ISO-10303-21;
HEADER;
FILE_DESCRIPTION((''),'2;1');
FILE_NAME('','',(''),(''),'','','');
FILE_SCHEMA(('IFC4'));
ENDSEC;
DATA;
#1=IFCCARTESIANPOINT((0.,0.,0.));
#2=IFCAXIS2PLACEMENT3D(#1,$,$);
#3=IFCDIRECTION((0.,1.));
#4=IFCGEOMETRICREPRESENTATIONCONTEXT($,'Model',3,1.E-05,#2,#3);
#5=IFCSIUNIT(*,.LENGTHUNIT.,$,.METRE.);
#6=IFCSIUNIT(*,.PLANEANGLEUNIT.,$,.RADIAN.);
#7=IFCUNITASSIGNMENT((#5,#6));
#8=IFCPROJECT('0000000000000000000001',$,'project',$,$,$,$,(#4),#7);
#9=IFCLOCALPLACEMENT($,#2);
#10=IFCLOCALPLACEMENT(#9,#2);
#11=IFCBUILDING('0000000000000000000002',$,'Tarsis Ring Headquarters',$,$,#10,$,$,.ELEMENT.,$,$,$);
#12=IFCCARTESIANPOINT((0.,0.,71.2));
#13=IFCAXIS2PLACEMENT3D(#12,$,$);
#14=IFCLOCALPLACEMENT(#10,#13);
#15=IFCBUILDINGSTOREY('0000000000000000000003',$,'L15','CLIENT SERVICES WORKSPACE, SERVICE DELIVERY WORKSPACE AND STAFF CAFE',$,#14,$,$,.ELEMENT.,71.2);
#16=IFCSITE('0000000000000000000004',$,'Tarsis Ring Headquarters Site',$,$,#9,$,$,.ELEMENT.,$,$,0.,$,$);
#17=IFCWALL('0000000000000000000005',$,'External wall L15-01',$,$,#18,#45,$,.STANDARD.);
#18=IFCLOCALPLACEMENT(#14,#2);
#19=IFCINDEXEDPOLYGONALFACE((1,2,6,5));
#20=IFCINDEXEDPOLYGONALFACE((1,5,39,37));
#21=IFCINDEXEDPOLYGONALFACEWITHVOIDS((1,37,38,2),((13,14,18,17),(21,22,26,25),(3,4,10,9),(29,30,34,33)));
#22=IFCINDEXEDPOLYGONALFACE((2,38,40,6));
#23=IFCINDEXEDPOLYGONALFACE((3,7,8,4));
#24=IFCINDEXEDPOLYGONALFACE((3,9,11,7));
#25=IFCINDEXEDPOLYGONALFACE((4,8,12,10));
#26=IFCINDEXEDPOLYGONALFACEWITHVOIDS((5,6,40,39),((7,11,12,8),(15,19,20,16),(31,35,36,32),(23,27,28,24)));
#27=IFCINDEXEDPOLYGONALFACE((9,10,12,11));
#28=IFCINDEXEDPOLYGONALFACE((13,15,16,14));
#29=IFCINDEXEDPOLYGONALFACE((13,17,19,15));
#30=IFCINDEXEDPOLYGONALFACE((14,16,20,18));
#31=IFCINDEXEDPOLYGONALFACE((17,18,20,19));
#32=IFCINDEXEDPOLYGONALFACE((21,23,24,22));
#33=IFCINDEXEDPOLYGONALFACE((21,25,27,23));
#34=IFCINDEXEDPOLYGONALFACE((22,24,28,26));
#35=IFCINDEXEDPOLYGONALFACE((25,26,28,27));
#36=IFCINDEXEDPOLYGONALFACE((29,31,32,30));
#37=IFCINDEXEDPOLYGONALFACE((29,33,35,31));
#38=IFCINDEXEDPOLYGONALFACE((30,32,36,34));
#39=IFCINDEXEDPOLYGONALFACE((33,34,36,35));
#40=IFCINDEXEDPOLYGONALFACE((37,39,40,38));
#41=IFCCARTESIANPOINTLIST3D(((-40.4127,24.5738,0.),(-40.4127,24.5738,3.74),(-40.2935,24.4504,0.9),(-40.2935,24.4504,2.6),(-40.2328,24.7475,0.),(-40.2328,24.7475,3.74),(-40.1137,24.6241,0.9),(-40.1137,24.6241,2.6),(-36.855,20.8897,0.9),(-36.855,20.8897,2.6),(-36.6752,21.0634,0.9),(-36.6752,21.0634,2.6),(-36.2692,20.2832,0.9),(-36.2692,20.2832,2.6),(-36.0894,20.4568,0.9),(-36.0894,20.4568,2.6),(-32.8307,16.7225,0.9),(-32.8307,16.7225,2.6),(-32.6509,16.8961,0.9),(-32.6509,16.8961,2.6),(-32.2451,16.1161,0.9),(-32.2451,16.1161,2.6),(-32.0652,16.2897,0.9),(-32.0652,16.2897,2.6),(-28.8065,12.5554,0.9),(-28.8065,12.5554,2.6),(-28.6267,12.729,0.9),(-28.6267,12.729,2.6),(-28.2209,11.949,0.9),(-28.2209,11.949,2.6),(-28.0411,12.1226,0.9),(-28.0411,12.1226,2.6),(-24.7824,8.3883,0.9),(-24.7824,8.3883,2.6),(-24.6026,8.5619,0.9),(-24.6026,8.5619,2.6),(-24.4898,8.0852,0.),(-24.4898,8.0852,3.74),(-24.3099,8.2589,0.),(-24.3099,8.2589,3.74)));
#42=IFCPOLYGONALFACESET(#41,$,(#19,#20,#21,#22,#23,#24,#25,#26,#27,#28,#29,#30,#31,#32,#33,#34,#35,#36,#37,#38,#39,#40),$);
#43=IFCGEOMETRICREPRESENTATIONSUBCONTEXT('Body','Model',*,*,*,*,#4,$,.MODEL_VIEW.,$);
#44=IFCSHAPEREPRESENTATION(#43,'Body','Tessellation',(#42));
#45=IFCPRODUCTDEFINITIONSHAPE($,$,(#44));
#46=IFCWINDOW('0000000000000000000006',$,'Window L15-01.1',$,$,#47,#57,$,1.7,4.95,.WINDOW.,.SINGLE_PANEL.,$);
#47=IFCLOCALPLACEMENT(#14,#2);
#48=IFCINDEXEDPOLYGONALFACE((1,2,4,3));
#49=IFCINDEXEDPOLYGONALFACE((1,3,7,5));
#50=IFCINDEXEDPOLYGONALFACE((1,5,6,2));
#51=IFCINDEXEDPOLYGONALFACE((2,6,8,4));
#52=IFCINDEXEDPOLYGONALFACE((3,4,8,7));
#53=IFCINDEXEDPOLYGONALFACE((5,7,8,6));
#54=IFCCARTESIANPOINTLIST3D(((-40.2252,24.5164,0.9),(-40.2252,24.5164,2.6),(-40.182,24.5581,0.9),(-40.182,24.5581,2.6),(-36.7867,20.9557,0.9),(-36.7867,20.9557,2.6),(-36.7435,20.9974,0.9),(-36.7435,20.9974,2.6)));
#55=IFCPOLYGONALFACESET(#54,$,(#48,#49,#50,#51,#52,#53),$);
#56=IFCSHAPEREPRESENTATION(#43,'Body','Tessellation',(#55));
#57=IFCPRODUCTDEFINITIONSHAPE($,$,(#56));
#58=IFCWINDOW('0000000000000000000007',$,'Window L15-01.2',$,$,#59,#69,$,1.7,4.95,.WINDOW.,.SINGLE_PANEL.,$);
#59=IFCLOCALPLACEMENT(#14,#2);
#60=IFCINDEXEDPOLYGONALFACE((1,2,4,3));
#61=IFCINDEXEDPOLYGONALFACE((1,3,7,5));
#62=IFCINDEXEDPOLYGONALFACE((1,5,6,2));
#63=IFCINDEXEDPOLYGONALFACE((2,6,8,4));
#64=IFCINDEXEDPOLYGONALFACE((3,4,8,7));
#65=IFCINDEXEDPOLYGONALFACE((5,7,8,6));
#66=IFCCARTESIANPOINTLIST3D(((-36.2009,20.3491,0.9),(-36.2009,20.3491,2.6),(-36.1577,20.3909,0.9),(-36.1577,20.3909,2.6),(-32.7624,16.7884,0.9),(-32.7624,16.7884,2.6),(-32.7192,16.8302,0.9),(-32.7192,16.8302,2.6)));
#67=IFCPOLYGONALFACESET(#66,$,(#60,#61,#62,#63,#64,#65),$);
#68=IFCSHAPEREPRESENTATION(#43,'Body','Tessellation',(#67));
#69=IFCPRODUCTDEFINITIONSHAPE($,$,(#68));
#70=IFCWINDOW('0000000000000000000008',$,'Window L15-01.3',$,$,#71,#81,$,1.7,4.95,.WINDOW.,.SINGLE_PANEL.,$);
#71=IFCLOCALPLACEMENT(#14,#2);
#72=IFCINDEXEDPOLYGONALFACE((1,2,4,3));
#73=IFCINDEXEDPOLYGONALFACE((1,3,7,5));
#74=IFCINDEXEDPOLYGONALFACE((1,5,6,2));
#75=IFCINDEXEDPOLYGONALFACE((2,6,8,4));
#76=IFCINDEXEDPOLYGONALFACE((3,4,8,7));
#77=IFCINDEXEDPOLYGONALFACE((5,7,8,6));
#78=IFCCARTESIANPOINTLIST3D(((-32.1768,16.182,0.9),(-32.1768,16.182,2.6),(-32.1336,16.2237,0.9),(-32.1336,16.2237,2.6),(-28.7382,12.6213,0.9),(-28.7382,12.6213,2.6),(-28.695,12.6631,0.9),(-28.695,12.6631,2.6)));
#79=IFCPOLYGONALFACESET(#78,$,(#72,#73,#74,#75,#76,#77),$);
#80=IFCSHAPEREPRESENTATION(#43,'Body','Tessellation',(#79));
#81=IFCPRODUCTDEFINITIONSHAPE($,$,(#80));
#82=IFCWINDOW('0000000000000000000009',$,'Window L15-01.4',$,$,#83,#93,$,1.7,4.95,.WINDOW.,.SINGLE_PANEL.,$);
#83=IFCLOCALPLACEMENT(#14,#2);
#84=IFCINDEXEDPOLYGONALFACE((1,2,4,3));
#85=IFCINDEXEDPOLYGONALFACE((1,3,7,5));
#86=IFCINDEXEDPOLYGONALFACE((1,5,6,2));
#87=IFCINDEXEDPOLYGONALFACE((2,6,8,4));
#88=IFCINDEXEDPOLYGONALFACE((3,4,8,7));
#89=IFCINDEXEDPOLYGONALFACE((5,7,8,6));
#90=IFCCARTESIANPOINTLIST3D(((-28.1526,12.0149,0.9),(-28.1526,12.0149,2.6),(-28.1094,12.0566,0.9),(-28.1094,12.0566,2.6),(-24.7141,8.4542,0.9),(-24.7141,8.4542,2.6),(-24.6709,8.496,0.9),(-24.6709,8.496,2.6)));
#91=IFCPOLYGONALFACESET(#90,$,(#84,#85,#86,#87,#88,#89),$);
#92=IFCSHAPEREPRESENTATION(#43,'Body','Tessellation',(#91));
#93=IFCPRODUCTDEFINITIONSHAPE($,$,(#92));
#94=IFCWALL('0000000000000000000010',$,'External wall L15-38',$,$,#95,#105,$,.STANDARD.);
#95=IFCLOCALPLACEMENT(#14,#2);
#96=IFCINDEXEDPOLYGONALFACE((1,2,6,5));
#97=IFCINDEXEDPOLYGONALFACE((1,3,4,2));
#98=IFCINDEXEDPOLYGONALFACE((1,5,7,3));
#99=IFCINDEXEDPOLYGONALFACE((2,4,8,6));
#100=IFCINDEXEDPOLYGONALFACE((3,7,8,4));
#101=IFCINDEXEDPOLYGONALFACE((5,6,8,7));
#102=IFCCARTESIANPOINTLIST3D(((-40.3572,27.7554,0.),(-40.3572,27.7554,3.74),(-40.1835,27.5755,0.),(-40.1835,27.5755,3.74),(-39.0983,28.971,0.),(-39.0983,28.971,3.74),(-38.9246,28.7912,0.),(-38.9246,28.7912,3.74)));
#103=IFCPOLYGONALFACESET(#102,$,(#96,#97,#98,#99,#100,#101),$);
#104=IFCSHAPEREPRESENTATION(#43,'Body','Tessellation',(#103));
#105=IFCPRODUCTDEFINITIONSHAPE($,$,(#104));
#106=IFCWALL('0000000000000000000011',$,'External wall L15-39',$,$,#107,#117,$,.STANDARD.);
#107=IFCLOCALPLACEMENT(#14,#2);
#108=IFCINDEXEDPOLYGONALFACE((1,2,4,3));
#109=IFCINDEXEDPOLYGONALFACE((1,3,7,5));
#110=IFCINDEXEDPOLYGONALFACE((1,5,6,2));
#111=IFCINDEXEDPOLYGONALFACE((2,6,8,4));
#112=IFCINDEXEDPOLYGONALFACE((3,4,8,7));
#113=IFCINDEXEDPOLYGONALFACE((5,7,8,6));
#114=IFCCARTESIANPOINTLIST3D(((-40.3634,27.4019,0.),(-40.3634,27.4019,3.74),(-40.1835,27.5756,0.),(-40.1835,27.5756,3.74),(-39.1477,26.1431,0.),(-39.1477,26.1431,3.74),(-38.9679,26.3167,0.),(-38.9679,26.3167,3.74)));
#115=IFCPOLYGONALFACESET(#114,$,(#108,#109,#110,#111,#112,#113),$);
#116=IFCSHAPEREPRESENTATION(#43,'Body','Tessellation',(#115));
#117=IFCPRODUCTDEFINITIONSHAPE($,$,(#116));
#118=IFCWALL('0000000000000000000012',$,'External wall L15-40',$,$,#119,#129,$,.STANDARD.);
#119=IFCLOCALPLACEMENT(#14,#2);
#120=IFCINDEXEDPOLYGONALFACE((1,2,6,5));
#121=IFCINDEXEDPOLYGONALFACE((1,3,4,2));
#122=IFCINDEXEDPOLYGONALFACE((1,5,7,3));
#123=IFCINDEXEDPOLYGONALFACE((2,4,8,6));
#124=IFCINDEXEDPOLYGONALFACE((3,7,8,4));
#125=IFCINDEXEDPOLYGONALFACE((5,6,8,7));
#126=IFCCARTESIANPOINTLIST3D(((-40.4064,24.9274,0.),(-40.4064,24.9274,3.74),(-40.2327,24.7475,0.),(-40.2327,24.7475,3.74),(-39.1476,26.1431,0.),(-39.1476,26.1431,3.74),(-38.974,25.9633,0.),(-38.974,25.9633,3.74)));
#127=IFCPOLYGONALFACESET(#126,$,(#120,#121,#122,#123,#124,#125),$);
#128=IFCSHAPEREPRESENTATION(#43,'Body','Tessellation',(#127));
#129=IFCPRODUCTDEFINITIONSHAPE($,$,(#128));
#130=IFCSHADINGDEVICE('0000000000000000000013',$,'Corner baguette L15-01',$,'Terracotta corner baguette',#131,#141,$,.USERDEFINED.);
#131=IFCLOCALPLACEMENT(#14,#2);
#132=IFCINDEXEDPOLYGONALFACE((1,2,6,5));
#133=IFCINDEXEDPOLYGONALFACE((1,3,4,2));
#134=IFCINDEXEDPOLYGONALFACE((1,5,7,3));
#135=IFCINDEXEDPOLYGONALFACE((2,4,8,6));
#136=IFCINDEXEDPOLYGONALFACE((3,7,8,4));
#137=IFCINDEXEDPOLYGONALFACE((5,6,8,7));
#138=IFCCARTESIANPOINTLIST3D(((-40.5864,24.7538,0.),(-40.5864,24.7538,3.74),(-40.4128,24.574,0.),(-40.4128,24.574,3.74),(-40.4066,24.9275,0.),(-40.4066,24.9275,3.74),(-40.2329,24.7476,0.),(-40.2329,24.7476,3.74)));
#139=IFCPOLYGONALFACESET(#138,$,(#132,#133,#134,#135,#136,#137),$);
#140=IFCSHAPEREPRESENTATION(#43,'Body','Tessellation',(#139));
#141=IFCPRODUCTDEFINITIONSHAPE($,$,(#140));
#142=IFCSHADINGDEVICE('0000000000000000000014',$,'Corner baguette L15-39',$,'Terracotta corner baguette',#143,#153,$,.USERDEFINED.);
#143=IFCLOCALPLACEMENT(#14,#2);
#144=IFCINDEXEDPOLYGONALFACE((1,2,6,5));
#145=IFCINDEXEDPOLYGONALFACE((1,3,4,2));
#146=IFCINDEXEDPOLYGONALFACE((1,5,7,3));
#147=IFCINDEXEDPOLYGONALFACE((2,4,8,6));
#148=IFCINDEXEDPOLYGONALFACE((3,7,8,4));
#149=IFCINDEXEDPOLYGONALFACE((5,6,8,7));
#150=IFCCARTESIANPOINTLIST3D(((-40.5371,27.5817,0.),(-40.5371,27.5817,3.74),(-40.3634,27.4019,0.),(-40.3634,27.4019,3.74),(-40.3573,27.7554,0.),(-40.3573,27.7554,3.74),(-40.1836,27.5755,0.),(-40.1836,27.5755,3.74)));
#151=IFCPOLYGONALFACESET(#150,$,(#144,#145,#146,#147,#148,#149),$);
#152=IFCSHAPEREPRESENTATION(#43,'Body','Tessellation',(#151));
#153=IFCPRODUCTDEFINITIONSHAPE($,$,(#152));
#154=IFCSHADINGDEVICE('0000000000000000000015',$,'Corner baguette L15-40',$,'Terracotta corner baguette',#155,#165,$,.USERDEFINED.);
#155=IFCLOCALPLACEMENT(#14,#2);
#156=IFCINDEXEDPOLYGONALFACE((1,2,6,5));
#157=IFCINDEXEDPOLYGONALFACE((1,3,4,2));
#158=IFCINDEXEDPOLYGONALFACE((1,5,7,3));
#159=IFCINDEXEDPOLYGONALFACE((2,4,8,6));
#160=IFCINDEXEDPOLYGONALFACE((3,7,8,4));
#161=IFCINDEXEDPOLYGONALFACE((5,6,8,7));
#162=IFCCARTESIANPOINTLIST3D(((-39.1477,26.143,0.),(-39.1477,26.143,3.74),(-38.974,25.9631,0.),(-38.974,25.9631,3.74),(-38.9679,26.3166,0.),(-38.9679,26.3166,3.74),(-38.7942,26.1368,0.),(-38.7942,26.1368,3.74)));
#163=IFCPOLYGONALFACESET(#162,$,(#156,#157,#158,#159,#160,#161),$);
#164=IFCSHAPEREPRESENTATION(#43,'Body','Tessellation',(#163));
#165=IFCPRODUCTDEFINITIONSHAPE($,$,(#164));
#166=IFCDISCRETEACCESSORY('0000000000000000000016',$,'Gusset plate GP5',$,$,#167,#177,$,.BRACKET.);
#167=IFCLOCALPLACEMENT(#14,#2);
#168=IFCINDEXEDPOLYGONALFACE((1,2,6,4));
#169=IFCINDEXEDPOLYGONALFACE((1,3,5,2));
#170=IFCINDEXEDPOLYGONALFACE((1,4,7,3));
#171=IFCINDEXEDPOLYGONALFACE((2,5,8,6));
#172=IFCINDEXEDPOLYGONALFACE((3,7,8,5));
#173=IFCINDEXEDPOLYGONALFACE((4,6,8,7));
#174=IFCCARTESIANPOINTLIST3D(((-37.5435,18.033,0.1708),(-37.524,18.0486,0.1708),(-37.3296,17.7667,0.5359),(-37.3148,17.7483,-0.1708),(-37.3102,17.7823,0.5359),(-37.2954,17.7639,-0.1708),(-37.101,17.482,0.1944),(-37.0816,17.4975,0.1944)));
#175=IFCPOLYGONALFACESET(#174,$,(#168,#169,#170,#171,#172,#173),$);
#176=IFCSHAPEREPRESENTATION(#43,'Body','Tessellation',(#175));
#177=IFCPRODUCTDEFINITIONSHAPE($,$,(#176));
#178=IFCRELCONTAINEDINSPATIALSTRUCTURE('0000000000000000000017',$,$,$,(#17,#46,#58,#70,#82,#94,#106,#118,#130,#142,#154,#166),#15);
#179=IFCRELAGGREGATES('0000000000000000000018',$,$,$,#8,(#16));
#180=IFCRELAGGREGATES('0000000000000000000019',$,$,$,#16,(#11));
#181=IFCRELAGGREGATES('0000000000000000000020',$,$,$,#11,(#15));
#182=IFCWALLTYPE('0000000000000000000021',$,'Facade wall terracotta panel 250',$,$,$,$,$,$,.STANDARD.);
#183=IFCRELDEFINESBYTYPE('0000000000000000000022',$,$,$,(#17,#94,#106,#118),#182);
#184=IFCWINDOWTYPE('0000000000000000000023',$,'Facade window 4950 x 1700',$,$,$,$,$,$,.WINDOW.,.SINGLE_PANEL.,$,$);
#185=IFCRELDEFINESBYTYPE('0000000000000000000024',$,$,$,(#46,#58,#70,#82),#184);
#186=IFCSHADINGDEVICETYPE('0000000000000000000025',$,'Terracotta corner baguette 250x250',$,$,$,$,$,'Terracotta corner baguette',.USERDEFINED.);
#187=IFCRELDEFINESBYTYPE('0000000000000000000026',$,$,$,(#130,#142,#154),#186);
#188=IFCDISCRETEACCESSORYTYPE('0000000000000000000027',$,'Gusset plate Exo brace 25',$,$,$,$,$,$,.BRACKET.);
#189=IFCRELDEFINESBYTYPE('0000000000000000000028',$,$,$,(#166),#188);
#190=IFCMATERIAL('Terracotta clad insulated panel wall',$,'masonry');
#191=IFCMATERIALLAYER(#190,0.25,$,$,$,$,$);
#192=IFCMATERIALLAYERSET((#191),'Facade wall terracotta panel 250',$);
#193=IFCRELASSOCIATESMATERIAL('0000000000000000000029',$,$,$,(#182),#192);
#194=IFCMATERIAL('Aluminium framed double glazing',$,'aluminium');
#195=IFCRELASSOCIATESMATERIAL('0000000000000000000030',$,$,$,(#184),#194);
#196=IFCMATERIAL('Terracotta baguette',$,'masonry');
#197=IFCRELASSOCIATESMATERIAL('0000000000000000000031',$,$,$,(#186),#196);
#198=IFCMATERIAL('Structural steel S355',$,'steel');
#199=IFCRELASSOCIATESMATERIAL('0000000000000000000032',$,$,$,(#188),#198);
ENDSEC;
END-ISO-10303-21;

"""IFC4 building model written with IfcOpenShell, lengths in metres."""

from ifc_helpers import new_model, si_unit, direction, frame, frame_2d, origin, origin_2d, place, context, subcontext, project, spatial, rectangle, extrude, material, layer, layer_set, material_profile, profile_set, type_object, element, fill, save


model = new_model("IFC4")

# Units and contexts
model_context = context("Model", 3, precision=1e-05, world=origin(), true_north=direction((0.0, 1.0)))
body_context = subcontext(model_context, "Body", "Model", "MODEL_VIEW")
ifc_project = project(units=[si_unit("LENGTHUNIT", "METRE"), si_unit("PLANEANGLEUNIT", "RADIAN")], contexts=[model_context])

# Site, building, storey
site_placement = place(None, origin())
site = spatial("IfcSite", under=ifc_project, at=site_placement, Name="Tarsis Ring Headquarters Site", CompositionType="ELEMENT", RefElevation=0.0)
building_placement = place(site_placement, origin())
building = spatial("IfcBuilding", under=site, at=building_placement, Name="Tarsis Ring Headquarters", CompositionType="ELEMENT")
storey_placement = place(building_placement, frame((0.0, 0.0, 71.2)))
storey = spatial("IfcBuildingStorey", under=building, at=storey_placement, Name="L15", Description="CLIENT SERVICES WORKSPACE, SERVICE DELIVERY WORKSPACE AND STAFF CAFE", CompositionType="ELEMENT", Elevation=71.2)

# Shared definitions
ifc_material_1 = material(Name="Structural steel S355", Category="steel")

# Wall, openings, windows
ifc_material_2 = material(Name="Terracotta clad insulated panel wall", Category="masonry")
ifc_layer_1 = layer(ifc_material_2, 0.25)
ifc_layer_set_1 = layer_set([ifc_layer_1], Name="Facade wall terracotta panel 250")
wall_type_1 = type_object("IfcWallType", Name="Facade wall terracotta panel 250", PredefinedType="STANDARD", material=ifc_layer_set_1)
wall_1_placement = place(storey_placement, frame((-40.3228, 24.6606, 0.0), z_axis=(0.0, 0.0, 1.0), x_axis=(0.69466, -0.719338, 0.0)))
wall_1 = element("IfcWall", 1, at=wall_1_placement, inside=storey, type_object=wall_type_1, Name="External wall L15-01", PredefinedType="STANDARD", context=body_context, shape_type="SweptSolid", body=[
    extrude(rectangle(XDim=22.9219, YDim=0.25, at=frame_2d((11.4609, 0.0))), origin(), (0.0, 0.0, 1.0), 3.74),
])
opening_1_placement = place(wall_1_placement, frame((0.1714, 0.0, 0.8999)))
opening_1 = element("IfcOpeningElement", 2, at=opening_1_placement, cuts=wall_1, PredefinedType="OPENING", context=body_context, shape_type="SweptSolid", body=[
    extrude(rectangle(XDim=4.95, YDim=1.7, at=frame_2d((2.4751, 0.8501))), frame((0.0, 0.135, 0.0), z_axis=(0.0, -1.0, 0.0), x_axis=(1.0, 0.0, 0.0)), (0.0, 0.0, 1.0), 0.27),
])
opening_2_placement = place(wall_1_placement, frame((5.9646, 0.0, 0.8999)))
opening_2 = element("IfcOpeningElement", 3, at=opening_2_placement, cuts=wall_1, PredefinedType="OPENING", context=body_context, shape_type="SweptSolid", body=[
    extrude(rectangle(XDim=4.95, YDim=1.7, at=frame_2d((2.4751, 0.8501))), frame((0.0, 0.135, 0.0), z_axis=(0.0, -1.0, 0.0), x_axis=(1.0, 0.0, 0.0)), (0.0, 0.0, 1.0), 0.27),
])
opening_3_placement = place(wall_1_placement, frame((11.7576, 0.0, 0.8999)))
opening_3 = element("IfcOpeningElement", 4, at=opening_3_placement, cuts=wall_1, PredefinedType="OPENING", context=body_context, shape_type="SweptSolid", body=[
    extrude(rectangle(XDim=4.95, YDim=1.7, at=frame_2d((2.4751, 0.8501))), frame((0.0, 0.135, 0.0), z_axis=(0.0, -1.0, 0.0), x_axis=(1.0, 0.0, 0.0)), (0.0, 0.0, 1.0), 0.27),
])
opening_4_placement = place(wall_1_placement, frame((17.5505, 0.0, 0.8999)))
opening_4 = element("IfcOpeningElement", 5, at=opening_4_placement, cuts=wall_1, PredefinedType="OPENING", context=body_context, shape_type="SweptSolid", body=[
    extrude(rectangle(XDim=4.95, YDim=1.7, at=frame_2d((2.4751, 0.8501))), frame((0.0, 0.135, 0.0), z_axis=(0.0, -1.0, 0.0), x_axis=(1.0, 0.0, 0.0)), (0.0, 0.0, 1.0), 0.27),
])
ifc_material_3 = material(Name="Aluminium framed double glazing", Category="aluminium")
window_type = type_object("IfcWindowType", Name="Facade window 4950 x 1700", PartitioningType="SINGLE_PANEL", PredefinedType="WINDOW", material=ifc_material_3)
window_1_placement = place(opening_1_placement, origin())
window_1 = element("IfcWindow", 6, at=window_1_placement, inside=storey, type_object=window_type, Name="Window L15-01.1", OverallHeight=1.7, OverallWidth=4.95, PartitioningType="SINGLE_PANEL", PredefinedType="WINDOW", context=body_context, shape_type="SweptSolid", body=[
    extrude(rectangle(XDim=4.95, YDim=1.7, at=frame_2d((2.4751, 0.8501))), frame((0.0, 0.03, 0.0), z_axis=(0.0, -1.0, 0.0), x_axis=(1.0, 0.0, 0.0)), (0.0, 0.0, 1.0), 0.0601),
])
fill(opening_1, window_1)
window_2_placement = place(opening_2_placement, origin())
window_2 = element("IfcWindow", 7, at=window_2_placement, inside=storey, type_object=window_type, Name="Window L15-01.2", OverallHeight=1.7, OverallWidth=4.95, PartitioningType="SINGLE_PANEL", PredefinedType="WINDOW", context=body_context, shape_type="SweptSolid", body=[
    extrude(rectangle(XDim=4.95, YDim=1.7, at=frame_2d((2.4751, 0.8501))), frame((0.0, 0.03, 0.0), z_axis=(0.0, -1.0, 0.0), x_axis=(1.0, 0.0, 0.0)), (0.0, 0.0, 1.0), 0.0601),
])
fill(opening_2, window_2)
window_3_placement = place(opening_3_placement, origin())
window_3 = element("IfcWindow", 8, at=window_3_placement, inside=storey, type_object=window_type, Name="Window L15-01.3", OverallHeight=1.7, OverallWidth=4.95, PartitioningType="SINGLE_PANEL", PredefinedType="WINDOW", context=body_context, shape_type="SweptSolid", body=[
    extrude(rectangle(XDim=4.95, YDim=1.7, at=frame_2d((2.4751, 0.8501))), frame((0.0, 0.03, 0.0), z_axis=(0.0, -1.0, 0.0), x_axis=(1.0, 0.0, 0.0)), (0.0, 0.0, 1.0), 0.0601),
])
fill(opening_3, window_3)
window_4_placement = place(opening_4_placement, origin())
window_4 = element("IfcWindow", 9, at=window_4_placement, inside=storey, type_object=window_type, Name="Window L15-01.4", OverallHeight=1.7, OverallWidth=4.95, PartitioningType="SINGLE_PANEL", PredefinedType="WINDOW", context=body_context, shape_type="SweptSolid", body=[
    extrude(rectangle(XDim=4.95, YDim=1.7, at=frame_2d((2.4751, 0.8501))), frame((0.0, 0.03, 0.0), z_axis=(0.0, -1.0, 0.0), x_axis=(1.0, 0.0, 0.0)), (0.0, 0.0, 1.0), 0.0601),
])
fill(opening_4, window_4)

# Walls
for number, where, z_axis, x_axis, name in (
    (10, (-39.0115, 28.8811, 0.0), (0.0, 0.0, 1.0), (-0.719346, -0.694652, 0.0), "External wall L15-38"),
    (11, (-40.2734, 27.4888, 0.0), (0.0, 0.0, 1.0), (0.694652, -0.719346, 0.0), "External wall L15-39"),
    (12, (-39.0608, 26.0532, 0.0), (0.0, 0.0, 1.0), (-0.719276, -0.694724, 0.0), "External wall L15-40"),
):
    element("IfcWall", number, at=place(storey_placement, frame(where, z_axis=z_axis, x_axis=x_axis)), inside=storey, type_object=wall_type_1, Name=name, PredefinedType="STANDARD", context=body_context, shape_type="SweptSolid", body=[
        extrude(rectangle(XDim=1.75, YDim=0.25, at=frame_2d((0.875, 0.0))), origin(), (0.0, 0.0, 1.0), 3.74),
    ])

# Shading devices
ifc_material_4 = material(Name="Terracotta baguette", Category="masonry")
shading_device_type_1 = type_object("IfcShadingDeviceType", Name="Terracotta corner baguette 250x250", ElementType="Terracotta corner baguette", PredefinedType="USERDEFINED", material=ifc_material_4)
for number, where, z_axis, x_axis, name in (
    (13, (-40.4097, 24.7507, 0.0), (0.0, 0.0, 1.0), (-0.71934, -0.694658, 0.0), "Corner baguette L15-01"),
    (14, (-40.3604, 27.5786, 0.0), (0.0, 0.0, 1.0), (-0.71934, -0.694659, 0.0), "Corner baguette L15-39"),
    (15, (-38.9709, 26.1399, 0.0), (0.0, 0.0, 1.0), (0.694658, -0.71934, 0.0), "Corner baguette L15-40"),
):
    element("IfcShadingDevice", number, at=place(storey_placement, frame(where, z_axis=z_axis, x_axis=x_axis)), inside=storey, type_object=shading_device_type_1, Name=name, ObjectType="Terracotta corner baguette", PredefinedType="USERDEFINED", context=body_context, shape_type="SweptSolid", body=[
        extrude(rectangle(XDim=0.25, YDim=0.25, at=origin_2d()), origin(), (0.0, 0.0, 1.0), 3.74),
    ])

# Discrete accessory
ifc_material_profile_1 = material_profile(ifc_material_1, rectangle(XDim=0.0249, YDim=0.5, at=origin_2d()), Name="PL 25x500")
ifc_profile_set_1 = profile_set([ifc_material_profile_1], Name="Structural steel S355")
discrete_accessory_type = type_object("IfcDiscreteAccessoryType", Name="Gusset plate Exo brace 25", PredefinedType="BRACKET", material=ifc_profile_set_1)
discrete_accessory_placement = place(storey_placement, frame((-37.4194, 17.8984, 0.0), z_axis=(0.427665, -0.532628, 0.73035), x_axis=(0.779752, 0.626089, 0.0)))
element("IfcDiscreteAccessory", 16, at=discrete_accessory_placement, inside=storey, type_object=discrete_accessory_type, Name="Gusset plate GP5", PredefinedType="BRACKET", context=body_context, shape_type="SweptSolid", body=[
    extrude(rectangle(XDim=0.0249, YDim=0.5, at=origin_2d()), origin(), (0.0, 0.0, 1.0), 0.5),
])

save(model, "model.ifc")
